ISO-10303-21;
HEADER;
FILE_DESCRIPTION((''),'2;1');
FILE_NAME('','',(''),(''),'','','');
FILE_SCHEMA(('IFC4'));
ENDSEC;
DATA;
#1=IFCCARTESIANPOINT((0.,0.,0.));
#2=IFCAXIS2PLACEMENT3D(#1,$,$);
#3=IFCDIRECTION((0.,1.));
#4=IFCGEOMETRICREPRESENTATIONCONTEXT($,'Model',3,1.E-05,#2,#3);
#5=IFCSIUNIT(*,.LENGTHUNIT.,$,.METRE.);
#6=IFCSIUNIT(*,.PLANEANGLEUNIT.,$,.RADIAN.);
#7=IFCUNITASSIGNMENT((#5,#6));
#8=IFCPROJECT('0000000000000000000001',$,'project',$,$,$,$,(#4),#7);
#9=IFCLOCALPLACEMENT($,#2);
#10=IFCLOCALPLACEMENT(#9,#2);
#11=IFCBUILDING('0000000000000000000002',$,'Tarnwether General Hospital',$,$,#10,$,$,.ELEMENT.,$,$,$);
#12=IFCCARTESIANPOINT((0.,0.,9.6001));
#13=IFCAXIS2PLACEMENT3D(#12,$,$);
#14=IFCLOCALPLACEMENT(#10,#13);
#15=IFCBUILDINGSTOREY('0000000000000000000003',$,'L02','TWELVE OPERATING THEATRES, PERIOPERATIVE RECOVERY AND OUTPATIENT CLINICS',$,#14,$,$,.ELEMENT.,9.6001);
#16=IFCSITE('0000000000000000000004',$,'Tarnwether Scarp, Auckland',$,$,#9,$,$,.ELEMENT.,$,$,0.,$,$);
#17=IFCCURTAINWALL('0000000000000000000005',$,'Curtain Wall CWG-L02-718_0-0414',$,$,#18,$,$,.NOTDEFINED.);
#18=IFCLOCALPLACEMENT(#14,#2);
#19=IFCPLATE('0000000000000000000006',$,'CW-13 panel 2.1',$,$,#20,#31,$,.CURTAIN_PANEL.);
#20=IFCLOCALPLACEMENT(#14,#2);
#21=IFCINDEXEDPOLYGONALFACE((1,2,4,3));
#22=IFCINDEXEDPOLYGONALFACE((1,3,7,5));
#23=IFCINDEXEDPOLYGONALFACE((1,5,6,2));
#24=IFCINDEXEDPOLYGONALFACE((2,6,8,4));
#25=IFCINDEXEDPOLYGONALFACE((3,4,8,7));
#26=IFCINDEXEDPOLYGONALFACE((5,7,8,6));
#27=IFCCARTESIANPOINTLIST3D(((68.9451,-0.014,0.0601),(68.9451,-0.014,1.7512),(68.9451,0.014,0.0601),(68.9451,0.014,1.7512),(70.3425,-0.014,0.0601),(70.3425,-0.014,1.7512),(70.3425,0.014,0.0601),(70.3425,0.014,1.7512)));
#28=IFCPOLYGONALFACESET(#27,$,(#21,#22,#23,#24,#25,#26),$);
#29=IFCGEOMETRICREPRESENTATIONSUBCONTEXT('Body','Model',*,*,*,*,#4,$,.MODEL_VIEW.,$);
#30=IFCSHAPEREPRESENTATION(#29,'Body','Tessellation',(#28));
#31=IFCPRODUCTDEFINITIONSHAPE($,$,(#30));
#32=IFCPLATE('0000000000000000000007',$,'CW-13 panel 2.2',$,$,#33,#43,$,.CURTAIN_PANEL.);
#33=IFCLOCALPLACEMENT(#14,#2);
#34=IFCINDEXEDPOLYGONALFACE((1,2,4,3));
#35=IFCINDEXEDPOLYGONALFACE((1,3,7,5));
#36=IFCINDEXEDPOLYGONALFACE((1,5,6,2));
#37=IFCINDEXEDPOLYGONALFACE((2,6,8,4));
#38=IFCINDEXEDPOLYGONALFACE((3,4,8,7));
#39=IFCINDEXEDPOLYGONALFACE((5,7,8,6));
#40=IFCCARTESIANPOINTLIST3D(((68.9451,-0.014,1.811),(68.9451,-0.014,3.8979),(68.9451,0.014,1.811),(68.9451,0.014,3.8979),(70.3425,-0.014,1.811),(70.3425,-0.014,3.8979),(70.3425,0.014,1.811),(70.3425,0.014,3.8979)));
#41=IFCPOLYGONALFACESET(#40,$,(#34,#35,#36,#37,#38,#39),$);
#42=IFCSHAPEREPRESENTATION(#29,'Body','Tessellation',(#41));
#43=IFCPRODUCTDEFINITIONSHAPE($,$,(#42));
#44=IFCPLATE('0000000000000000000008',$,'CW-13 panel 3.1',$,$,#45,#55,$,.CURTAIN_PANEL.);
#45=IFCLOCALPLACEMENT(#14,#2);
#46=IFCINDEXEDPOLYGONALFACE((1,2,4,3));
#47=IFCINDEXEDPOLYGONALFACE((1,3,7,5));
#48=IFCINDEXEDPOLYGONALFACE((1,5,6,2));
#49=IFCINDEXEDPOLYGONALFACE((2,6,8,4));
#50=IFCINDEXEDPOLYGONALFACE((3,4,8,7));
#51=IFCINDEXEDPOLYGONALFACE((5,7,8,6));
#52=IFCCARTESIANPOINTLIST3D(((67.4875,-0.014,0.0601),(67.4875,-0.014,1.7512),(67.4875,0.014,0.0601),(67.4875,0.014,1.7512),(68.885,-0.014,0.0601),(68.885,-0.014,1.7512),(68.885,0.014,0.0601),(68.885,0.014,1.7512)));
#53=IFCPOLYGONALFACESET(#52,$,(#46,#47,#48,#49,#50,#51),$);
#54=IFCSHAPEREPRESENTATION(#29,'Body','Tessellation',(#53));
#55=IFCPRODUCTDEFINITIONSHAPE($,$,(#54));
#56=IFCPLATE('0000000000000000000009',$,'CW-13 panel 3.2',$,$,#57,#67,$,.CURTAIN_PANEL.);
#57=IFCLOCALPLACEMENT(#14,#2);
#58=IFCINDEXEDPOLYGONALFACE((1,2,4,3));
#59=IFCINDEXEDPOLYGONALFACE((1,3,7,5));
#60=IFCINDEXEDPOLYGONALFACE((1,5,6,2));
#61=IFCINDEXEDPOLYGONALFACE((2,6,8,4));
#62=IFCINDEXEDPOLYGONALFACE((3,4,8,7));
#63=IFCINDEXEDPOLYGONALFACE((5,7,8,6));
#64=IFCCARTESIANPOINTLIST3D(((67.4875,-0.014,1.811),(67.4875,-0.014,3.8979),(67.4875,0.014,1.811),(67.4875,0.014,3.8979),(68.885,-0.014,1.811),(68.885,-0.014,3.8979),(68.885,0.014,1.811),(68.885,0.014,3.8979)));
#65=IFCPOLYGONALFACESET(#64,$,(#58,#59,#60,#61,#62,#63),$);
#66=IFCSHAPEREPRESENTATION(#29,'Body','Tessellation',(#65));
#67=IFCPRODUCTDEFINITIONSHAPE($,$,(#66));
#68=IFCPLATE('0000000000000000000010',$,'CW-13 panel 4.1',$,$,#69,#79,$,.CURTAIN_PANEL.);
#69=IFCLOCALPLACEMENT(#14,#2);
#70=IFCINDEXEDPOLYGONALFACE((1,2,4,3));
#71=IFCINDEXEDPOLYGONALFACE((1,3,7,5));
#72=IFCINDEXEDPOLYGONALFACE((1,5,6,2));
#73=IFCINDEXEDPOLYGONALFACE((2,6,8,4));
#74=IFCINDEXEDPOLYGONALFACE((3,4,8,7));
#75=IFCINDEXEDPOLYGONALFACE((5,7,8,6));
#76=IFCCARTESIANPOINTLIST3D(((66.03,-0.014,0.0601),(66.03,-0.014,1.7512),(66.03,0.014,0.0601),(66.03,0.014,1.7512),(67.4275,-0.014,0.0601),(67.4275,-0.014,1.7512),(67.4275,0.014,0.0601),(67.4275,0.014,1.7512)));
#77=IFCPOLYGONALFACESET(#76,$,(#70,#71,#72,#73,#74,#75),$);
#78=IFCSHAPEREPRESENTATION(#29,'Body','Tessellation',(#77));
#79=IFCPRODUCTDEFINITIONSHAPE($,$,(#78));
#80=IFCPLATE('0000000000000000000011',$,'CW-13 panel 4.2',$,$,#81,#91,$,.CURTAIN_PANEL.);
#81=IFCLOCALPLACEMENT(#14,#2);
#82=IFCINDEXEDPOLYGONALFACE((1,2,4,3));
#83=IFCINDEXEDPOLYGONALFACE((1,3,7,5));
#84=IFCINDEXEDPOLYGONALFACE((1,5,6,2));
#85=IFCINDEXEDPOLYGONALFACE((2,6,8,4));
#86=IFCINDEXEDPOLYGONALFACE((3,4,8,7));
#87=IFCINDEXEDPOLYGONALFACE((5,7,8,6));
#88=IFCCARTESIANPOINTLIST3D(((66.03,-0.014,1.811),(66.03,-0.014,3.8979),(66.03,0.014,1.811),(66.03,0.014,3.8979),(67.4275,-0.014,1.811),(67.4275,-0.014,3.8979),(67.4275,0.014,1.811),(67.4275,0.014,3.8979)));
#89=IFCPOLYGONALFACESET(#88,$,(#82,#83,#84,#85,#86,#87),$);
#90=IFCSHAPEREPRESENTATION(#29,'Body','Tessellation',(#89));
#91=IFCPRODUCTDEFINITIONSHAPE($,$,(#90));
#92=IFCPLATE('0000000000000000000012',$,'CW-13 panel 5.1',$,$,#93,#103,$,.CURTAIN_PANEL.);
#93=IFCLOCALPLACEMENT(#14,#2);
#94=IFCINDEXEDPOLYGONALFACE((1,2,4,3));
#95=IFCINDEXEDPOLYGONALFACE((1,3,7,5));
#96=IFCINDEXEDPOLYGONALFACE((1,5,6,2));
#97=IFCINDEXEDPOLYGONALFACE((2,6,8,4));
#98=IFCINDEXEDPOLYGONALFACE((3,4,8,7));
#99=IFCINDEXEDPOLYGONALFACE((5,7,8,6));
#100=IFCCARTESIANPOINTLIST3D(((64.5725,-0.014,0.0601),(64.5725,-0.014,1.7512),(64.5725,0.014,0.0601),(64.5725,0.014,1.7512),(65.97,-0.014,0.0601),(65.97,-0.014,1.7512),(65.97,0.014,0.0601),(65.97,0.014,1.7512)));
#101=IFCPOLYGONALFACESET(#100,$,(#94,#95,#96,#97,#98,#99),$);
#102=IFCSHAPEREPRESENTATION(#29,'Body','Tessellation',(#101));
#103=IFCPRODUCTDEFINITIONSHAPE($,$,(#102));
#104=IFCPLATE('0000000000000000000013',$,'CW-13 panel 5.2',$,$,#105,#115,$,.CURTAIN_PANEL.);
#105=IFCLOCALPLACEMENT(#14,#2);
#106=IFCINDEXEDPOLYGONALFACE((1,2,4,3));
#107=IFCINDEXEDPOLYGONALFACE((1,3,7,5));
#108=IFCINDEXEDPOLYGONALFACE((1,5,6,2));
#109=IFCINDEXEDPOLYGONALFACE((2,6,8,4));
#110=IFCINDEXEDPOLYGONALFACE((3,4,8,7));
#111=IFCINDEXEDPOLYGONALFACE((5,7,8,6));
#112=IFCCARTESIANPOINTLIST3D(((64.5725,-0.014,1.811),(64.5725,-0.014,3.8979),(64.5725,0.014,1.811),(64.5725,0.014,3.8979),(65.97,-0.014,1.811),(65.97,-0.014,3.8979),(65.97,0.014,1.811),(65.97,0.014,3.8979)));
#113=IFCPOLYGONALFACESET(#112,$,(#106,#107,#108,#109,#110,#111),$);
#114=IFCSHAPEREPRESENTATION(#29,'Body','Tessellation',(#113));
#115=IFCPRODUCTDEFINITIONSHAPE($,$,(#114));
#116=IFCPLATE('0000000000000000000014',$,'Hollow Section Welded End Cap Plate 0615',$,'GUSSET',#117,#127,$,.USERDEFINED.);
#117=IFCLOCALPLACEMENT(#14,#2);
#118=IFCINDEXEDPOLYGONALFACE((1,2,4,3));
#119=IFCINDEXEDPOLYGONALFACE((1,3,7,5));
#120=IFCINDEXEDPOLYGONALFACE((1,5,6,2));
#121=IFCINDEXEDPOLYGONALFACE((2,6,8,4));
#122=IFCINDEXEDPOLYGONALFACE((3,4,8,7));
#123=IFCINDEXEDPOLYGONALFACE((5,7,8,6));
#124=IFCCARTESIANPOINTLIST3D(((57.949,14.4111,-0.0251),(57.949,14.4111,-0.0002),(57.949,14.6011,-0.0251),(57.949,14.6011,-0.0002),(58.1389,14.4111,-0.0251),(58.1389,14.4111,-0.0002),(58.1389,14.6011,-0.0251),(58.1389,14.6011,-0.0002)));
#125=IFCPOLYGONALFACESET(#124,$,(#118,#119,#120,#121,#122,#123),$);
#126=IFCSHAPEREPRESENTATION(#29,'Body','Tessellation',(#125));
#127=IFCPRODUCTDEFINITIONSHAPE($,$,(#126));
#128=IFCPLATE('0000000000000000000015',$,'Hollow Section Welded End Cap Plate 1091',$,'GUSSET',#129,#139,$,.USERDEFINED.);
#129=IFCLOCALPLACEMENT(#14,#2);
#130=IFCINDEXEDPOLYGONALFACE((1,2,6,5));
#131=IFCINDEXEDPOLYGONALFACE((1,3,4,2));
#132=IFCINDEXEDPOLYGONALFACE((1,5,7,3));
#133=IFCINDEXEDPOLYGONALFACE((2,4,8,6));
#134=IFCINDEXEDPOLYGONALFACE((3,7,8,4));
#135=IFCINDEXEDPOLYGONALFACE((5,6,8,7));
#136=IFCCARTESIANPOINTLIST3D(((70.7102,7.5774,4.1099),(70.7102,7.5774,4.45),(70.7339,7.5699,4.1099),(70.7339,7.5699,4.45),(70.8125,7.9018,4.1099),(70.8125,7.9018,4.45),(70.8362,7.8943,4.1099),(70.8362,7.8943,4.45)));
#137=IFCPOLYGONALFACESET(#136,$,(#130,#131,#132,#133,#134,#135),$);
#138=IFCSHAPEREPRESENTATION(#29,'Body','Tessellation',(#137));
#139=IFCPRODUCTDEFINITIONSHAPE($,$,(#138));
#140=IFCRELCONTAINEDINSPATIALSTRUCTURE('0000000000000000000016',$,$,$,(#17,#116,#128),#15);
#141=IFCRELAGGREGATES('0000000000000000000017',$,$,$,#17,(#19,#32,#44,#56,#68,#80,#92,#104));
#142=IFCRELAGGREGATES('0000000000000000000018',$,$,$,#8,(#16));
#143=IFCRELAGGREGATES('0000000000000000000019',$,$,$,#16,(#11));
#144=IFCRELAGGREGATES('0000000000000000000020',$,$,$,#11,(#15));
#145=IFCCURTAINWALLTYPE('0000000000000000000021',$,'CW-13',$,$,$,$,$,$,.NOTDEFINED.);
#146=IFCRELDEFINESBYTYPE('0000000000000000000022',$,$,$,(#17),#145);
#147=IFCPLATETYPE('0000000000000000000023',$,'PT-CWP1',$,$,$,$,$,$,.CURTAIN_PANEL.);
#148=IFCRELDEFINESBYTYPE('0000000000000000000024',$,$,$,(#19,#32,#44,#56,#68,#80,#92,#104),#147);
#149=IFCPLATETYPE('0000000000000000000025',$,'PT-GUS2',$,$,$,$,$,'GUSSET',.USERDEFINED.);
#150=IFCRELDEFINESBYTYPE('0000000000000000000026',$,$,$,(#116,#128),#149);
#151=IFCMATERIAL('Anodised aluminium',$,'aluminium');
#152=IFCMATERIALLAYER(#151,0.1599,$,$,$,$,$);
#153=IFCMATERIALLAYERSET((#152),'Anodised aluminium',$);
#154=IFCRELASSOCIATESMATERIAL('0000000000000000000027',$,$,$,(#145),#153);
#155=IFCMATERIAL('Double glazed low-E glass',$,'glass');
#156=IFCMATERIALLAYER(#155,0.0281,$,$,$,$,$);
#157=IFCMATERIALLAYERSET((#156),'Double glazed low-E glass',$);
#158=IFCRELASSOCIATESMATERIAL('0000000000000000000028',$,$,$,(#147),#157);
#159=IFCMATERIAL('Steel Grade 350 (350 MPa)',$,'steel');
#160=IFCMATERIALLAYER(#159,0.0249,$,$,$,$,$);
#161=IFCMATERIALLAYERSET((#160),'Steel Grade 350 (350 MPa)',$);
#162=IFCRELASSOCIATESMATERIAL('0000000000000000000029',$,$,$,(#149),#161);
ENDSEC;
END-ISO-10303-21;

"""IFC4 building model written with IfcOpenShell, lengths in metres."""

from ifc_helpers import new_model, si_unit, direction, frame, origin, origin_2d, place, context, subcontext, project, spatial, rectangle, extrude, material, layer, layer_set, type_object, element, aggregate, save


model = new_model("IFC4")

# Units and contexts
model_context = context("Model", 3, precision=1e-05, world=origin(), true_north=direction((0.0, 1.0)))
body_context = subcontext(model_context, "Body", "Model", "MODEL_VIEW")
ifc_project = project(units=[si_unit("LENGTHUNIT", "METRE"), si_unit("PLANEANGLEUNIT", "RADIAN")], contexts=[model_context])

# Site, building, storey
site_placement = place(None, origin())
site = spatial("IfcSite", under=ifc_project, at=site_placement, Name="Tarnwether Scarp, Auckland", CompositionType="ELEMENT", RefElevation=0.0)
building_placement = place(site_placement, origin())
building = spatial("IfcBuilding", under=site, at=building_placement, Name="Tarnwether General Hospital", CompositionType="ELEMENT")
storey_placement = place(building_placement, frame((0.0, 0.0, 9.6001)))
storey = spatial("IfcBuildingStorey", under=building, at=storey_placement, Name="L02", Description="TWELVE OPERATING THEATRES, PERIOPERATIVE RECOVERY AND OUTPATIENT CLINICS", CompositionType="ELEMENT", Elevation=9.6001)

# Curtain wall, plates
ifc_material_1 = material(Name="Anodised aluminium", Category="aluminium")
ifc_layer_1 = layer(ifc_material_1, 0.1599)
ifc_layer_set_1 = layer_set([ifc_layer_1], Name="Anodised aluminium")
curtain_wall_type = type_object("IfcCurtainWallType", Name="CW-13", PredefinedType="NOTDEFINED", material=ifc_layer_set_1)
curtain_wall_placement = place(storey_placement, origin())
curtain_wall = element("IfcCurtainWall", 1, at=curtain_wall_placement, inside=storey, type_object=curtain_wall_type, Name="Curtain Wall CWG-L02-718_0-0414", PredefinedType="NOTDEFINED")
ifc_material_2 = material(Name="Double glazed low-E glass", Category="glass")
ifc_layer_2 = layer(ifc_material_2, 0.0281)
ifc_layer_set_2 = layer_set([ifc_layer_2], Name="Double glazed low-E glass")
plate_type_1 = type_object("IfcPlateType", Name="PT-CWP1", PredefinedType="CURTAIN_PANEL", material=ifc_layer_set_2)
plate_1_placement = place(storey_placement, frame((69.6438, 0.0, 0.0601), z_axis=(0.0, 0.0, 1.0), x_axis=(-1.0, 0.0, 0.0)))
plate_1 = element("IfcPlate", 2, at=plate_1_placement, type_object=plate_type_1, Name="CW-13 panel 2.1", PredefinedType="CURTAIN_PANEL", context=body_context, shape_type="SweptSolid", body=[
    extrude(rectangle(XDim=1.3975, YDim=0.0281, at=origin_2d()), origin(), (0.0, 0.0, 1.0), 1.6912),
])
plate_2_placement = place(storey_placement, frame((69.6438, 0.0, 1.811), z_axis=(0.0, 0.0, 1.0), x_axis=(-1.0, 0.0, 0.0)))
plate_2 = element("IfcPlate", 3, at=plate_2_placement, type_object=plate_type_1, Name="CW-13 panel 2.2", PredefinedType="CURTAIN_PANEL", context=body_context, shape_type="SweptSolid", body=[
    extrude(rectangle(XDim=1.3975, YDim=0.0281, at=origin_2d()), origin(), (0.0, 0.0, 1.0), 2.0869),
])
plate_3_placement = place(storey_placement, frame((68.1863, 0.0, 0.0601), z_axis=(0.0, 0.0, 1.0), x_axis=(-1.0, 0.0, 0.0)))
plate_3 = element("IfcPlate", 4, at=plate_3_placement, type_object=plate_type_1, Name="CW-13 panel 3.1", PredefinedType="CURTAIN_PANEL", context=body_context, shape_type="SweptSolid", body=[
    extrude(rectangle(XDim=1.3975, YDim=0.0281, at=origin_2d()), origin(), (0.0, 0.0, 1.0), 1.6912),
])
plate_4_placement = place(storey_placement, frame((68.1863, 0.0, 1.811), z_axis=(0.0, 0.0, 1.0), x_axis=(-1.0, 0.0, 0.0)))
plate_4 = element("IfcPlate", 5, at=plate_4_placement, type_object=plate_type_1, Name="CW-13 panel 3.2", PredefinedType="CURTAIN_PANEL", context=body_context, shape_type="SweptSolid", body=[
    extrude(rectangle(XDim=1.3975, YDim=0.0281, at=origin_2d()), origin(), (0.0, 0.0, 1.0), 2.0869),
])
plate_5_placement = place(storey_placement, frame((66.7288, 0.0, 0.0601), z_axis=(0.0, 0.0, 1.0), x_axis=(-1.0, 0.0, 0.0)))
plate_5 = element("IfcPlate", 6, at=plate_5_placement, type_object=plate_type_1, Name="CW-13 panel 4.1", PredefinedType="CURTAIN_PANEL", context=body_context, shape_type="SweptSolid", body=[
    extrude(rectangle(XDim=1.3975, YDim=0.0281, at=origin_2d()), origin(), (0.0, 0.0, 1.0), 1.6912),
])
plate_6_placement = place(storey_placement, frame((66.7288, 0.0, 1.811), z_axis=(0.0, 0.0, 1.0), x_axis=(-1.0, 0.0, 0.0)))
plate_6 = element("IfcPlate", 7, at=plate_6_placement, type_object=plate_type_1, Name="CW-13 panel 4.2", PredefinedType="CURTAIN_PANEL", context=body_context, shape_type="SweptSolid", body=[
    extrude(rectangle(XDim=1.3975, YDim=0.0281, at=origin_2d()), origin(), (0.0, 0.0, 1.0), 2.0869),
])
plate_7_placement = place(storey_placement, frame((65.2712, 0.0, 0.0601), z_axis=(0.0, 0.0, 1.0), x_axis=(-1.0, 0.0, 0.0)))
plate_7 = element("IfcPlate", 8, at=plate_7_placement, type_object=plate_type_1, Name="CW-13 panel 5.1", PredefinedType="CURTAIN_PANEL", context=body_context, shape_type="SweptSolid", body=[
    extrude(rectangle(XDim=1.3975, YDim=0.0281, at=origin_2d()), origin(), (0.0, 0.0, 1.0), 1.6912),
])
plate_8_placement = place(storey_placement, frame((65.2712, 0.0, 1.811), z_axis=(0.0, 0.0, 1.0), x_axis=(-1.0, 0.0, 0.0)))
plate_8 = element("IfcPlate", 9, at=plate_8_placement, type_object=plate_type_1, Name="CW-13 panel 5.2", PredefinedType="CURTAIN_PANEL", context=body_context, shape_type="SweptSolid", body=[
    extrude(rectangle(XDim=1.3975, YDim=0.0281, at=origin_2d()), origin(), (0.0, 0.0, 1.0), 2.0869),
])
aggregate(curtain_wall, [plate_1, plate_2, plate_3, plate_4, plate_5, plate_6, plate_7, plate_8])

# Plates
ifc_material_3 = material(Name="Steel Grade 350 (350 MPa)", Category="steel")
ifc_layer_3 = layer(ifc_material_3, 0.0249)
ifc_layer_set_3 = layer_set([ifc_layer_3], Name="Steel Grade 350 (350 MPa)")
plate_type_2 = type_object("IfcPlateType", Name="PT-GUS2", ElementType="GUSSET", PredefinedType="USERDEFINED", material=ifc_layer_set_3)
plate_9_placement = place(storey_placement, frame((58.0439, 14.5061, -0.0251), z_axis=(0.0, 0.0, 1.0), x_axis=(1.0, 0.0, 0.0)))
element("IfcPlate", 10, at=plate_9_placement, inside=storey, type_object=plate_type_2, Name="Hollow Section Welded End Cap Plate 0615", ObjectType="GUSSET", PredefinedType="USERDEFINED", context=body_context, shape_type="SweptSolid", body=[
    extrude(rectangle(XDim=0.1899, YDim=0.1899, at=origin_2d()), origin(), (0.0, 0.0, 1.0), 0.0249),
])
plate_10_placement = place(storey_placement, frame((70.7732, 7.7358, 4.1099), z_axis=(0.0, 0.0, 1.0), x_axis=(0.953691, -0.300789, 0.0)))
element("IfcPlate", 11, at=plate_10_placement, inside=storey, type_object=plate_type_2, Name="Hollow Section Welded End Cap Plate 1091", ObjectType="GUSSET", PredefinedType="USERDEFINED", context=body_context, shape_type="SweptSolid", body=[
    extrude(rectangle(XDim=0.0249, YDim=0.3401, at=origin_2d()), origin(), (0.0, 0.0, 1.0), 0.3401),
])

save(model, "model.ifc")
